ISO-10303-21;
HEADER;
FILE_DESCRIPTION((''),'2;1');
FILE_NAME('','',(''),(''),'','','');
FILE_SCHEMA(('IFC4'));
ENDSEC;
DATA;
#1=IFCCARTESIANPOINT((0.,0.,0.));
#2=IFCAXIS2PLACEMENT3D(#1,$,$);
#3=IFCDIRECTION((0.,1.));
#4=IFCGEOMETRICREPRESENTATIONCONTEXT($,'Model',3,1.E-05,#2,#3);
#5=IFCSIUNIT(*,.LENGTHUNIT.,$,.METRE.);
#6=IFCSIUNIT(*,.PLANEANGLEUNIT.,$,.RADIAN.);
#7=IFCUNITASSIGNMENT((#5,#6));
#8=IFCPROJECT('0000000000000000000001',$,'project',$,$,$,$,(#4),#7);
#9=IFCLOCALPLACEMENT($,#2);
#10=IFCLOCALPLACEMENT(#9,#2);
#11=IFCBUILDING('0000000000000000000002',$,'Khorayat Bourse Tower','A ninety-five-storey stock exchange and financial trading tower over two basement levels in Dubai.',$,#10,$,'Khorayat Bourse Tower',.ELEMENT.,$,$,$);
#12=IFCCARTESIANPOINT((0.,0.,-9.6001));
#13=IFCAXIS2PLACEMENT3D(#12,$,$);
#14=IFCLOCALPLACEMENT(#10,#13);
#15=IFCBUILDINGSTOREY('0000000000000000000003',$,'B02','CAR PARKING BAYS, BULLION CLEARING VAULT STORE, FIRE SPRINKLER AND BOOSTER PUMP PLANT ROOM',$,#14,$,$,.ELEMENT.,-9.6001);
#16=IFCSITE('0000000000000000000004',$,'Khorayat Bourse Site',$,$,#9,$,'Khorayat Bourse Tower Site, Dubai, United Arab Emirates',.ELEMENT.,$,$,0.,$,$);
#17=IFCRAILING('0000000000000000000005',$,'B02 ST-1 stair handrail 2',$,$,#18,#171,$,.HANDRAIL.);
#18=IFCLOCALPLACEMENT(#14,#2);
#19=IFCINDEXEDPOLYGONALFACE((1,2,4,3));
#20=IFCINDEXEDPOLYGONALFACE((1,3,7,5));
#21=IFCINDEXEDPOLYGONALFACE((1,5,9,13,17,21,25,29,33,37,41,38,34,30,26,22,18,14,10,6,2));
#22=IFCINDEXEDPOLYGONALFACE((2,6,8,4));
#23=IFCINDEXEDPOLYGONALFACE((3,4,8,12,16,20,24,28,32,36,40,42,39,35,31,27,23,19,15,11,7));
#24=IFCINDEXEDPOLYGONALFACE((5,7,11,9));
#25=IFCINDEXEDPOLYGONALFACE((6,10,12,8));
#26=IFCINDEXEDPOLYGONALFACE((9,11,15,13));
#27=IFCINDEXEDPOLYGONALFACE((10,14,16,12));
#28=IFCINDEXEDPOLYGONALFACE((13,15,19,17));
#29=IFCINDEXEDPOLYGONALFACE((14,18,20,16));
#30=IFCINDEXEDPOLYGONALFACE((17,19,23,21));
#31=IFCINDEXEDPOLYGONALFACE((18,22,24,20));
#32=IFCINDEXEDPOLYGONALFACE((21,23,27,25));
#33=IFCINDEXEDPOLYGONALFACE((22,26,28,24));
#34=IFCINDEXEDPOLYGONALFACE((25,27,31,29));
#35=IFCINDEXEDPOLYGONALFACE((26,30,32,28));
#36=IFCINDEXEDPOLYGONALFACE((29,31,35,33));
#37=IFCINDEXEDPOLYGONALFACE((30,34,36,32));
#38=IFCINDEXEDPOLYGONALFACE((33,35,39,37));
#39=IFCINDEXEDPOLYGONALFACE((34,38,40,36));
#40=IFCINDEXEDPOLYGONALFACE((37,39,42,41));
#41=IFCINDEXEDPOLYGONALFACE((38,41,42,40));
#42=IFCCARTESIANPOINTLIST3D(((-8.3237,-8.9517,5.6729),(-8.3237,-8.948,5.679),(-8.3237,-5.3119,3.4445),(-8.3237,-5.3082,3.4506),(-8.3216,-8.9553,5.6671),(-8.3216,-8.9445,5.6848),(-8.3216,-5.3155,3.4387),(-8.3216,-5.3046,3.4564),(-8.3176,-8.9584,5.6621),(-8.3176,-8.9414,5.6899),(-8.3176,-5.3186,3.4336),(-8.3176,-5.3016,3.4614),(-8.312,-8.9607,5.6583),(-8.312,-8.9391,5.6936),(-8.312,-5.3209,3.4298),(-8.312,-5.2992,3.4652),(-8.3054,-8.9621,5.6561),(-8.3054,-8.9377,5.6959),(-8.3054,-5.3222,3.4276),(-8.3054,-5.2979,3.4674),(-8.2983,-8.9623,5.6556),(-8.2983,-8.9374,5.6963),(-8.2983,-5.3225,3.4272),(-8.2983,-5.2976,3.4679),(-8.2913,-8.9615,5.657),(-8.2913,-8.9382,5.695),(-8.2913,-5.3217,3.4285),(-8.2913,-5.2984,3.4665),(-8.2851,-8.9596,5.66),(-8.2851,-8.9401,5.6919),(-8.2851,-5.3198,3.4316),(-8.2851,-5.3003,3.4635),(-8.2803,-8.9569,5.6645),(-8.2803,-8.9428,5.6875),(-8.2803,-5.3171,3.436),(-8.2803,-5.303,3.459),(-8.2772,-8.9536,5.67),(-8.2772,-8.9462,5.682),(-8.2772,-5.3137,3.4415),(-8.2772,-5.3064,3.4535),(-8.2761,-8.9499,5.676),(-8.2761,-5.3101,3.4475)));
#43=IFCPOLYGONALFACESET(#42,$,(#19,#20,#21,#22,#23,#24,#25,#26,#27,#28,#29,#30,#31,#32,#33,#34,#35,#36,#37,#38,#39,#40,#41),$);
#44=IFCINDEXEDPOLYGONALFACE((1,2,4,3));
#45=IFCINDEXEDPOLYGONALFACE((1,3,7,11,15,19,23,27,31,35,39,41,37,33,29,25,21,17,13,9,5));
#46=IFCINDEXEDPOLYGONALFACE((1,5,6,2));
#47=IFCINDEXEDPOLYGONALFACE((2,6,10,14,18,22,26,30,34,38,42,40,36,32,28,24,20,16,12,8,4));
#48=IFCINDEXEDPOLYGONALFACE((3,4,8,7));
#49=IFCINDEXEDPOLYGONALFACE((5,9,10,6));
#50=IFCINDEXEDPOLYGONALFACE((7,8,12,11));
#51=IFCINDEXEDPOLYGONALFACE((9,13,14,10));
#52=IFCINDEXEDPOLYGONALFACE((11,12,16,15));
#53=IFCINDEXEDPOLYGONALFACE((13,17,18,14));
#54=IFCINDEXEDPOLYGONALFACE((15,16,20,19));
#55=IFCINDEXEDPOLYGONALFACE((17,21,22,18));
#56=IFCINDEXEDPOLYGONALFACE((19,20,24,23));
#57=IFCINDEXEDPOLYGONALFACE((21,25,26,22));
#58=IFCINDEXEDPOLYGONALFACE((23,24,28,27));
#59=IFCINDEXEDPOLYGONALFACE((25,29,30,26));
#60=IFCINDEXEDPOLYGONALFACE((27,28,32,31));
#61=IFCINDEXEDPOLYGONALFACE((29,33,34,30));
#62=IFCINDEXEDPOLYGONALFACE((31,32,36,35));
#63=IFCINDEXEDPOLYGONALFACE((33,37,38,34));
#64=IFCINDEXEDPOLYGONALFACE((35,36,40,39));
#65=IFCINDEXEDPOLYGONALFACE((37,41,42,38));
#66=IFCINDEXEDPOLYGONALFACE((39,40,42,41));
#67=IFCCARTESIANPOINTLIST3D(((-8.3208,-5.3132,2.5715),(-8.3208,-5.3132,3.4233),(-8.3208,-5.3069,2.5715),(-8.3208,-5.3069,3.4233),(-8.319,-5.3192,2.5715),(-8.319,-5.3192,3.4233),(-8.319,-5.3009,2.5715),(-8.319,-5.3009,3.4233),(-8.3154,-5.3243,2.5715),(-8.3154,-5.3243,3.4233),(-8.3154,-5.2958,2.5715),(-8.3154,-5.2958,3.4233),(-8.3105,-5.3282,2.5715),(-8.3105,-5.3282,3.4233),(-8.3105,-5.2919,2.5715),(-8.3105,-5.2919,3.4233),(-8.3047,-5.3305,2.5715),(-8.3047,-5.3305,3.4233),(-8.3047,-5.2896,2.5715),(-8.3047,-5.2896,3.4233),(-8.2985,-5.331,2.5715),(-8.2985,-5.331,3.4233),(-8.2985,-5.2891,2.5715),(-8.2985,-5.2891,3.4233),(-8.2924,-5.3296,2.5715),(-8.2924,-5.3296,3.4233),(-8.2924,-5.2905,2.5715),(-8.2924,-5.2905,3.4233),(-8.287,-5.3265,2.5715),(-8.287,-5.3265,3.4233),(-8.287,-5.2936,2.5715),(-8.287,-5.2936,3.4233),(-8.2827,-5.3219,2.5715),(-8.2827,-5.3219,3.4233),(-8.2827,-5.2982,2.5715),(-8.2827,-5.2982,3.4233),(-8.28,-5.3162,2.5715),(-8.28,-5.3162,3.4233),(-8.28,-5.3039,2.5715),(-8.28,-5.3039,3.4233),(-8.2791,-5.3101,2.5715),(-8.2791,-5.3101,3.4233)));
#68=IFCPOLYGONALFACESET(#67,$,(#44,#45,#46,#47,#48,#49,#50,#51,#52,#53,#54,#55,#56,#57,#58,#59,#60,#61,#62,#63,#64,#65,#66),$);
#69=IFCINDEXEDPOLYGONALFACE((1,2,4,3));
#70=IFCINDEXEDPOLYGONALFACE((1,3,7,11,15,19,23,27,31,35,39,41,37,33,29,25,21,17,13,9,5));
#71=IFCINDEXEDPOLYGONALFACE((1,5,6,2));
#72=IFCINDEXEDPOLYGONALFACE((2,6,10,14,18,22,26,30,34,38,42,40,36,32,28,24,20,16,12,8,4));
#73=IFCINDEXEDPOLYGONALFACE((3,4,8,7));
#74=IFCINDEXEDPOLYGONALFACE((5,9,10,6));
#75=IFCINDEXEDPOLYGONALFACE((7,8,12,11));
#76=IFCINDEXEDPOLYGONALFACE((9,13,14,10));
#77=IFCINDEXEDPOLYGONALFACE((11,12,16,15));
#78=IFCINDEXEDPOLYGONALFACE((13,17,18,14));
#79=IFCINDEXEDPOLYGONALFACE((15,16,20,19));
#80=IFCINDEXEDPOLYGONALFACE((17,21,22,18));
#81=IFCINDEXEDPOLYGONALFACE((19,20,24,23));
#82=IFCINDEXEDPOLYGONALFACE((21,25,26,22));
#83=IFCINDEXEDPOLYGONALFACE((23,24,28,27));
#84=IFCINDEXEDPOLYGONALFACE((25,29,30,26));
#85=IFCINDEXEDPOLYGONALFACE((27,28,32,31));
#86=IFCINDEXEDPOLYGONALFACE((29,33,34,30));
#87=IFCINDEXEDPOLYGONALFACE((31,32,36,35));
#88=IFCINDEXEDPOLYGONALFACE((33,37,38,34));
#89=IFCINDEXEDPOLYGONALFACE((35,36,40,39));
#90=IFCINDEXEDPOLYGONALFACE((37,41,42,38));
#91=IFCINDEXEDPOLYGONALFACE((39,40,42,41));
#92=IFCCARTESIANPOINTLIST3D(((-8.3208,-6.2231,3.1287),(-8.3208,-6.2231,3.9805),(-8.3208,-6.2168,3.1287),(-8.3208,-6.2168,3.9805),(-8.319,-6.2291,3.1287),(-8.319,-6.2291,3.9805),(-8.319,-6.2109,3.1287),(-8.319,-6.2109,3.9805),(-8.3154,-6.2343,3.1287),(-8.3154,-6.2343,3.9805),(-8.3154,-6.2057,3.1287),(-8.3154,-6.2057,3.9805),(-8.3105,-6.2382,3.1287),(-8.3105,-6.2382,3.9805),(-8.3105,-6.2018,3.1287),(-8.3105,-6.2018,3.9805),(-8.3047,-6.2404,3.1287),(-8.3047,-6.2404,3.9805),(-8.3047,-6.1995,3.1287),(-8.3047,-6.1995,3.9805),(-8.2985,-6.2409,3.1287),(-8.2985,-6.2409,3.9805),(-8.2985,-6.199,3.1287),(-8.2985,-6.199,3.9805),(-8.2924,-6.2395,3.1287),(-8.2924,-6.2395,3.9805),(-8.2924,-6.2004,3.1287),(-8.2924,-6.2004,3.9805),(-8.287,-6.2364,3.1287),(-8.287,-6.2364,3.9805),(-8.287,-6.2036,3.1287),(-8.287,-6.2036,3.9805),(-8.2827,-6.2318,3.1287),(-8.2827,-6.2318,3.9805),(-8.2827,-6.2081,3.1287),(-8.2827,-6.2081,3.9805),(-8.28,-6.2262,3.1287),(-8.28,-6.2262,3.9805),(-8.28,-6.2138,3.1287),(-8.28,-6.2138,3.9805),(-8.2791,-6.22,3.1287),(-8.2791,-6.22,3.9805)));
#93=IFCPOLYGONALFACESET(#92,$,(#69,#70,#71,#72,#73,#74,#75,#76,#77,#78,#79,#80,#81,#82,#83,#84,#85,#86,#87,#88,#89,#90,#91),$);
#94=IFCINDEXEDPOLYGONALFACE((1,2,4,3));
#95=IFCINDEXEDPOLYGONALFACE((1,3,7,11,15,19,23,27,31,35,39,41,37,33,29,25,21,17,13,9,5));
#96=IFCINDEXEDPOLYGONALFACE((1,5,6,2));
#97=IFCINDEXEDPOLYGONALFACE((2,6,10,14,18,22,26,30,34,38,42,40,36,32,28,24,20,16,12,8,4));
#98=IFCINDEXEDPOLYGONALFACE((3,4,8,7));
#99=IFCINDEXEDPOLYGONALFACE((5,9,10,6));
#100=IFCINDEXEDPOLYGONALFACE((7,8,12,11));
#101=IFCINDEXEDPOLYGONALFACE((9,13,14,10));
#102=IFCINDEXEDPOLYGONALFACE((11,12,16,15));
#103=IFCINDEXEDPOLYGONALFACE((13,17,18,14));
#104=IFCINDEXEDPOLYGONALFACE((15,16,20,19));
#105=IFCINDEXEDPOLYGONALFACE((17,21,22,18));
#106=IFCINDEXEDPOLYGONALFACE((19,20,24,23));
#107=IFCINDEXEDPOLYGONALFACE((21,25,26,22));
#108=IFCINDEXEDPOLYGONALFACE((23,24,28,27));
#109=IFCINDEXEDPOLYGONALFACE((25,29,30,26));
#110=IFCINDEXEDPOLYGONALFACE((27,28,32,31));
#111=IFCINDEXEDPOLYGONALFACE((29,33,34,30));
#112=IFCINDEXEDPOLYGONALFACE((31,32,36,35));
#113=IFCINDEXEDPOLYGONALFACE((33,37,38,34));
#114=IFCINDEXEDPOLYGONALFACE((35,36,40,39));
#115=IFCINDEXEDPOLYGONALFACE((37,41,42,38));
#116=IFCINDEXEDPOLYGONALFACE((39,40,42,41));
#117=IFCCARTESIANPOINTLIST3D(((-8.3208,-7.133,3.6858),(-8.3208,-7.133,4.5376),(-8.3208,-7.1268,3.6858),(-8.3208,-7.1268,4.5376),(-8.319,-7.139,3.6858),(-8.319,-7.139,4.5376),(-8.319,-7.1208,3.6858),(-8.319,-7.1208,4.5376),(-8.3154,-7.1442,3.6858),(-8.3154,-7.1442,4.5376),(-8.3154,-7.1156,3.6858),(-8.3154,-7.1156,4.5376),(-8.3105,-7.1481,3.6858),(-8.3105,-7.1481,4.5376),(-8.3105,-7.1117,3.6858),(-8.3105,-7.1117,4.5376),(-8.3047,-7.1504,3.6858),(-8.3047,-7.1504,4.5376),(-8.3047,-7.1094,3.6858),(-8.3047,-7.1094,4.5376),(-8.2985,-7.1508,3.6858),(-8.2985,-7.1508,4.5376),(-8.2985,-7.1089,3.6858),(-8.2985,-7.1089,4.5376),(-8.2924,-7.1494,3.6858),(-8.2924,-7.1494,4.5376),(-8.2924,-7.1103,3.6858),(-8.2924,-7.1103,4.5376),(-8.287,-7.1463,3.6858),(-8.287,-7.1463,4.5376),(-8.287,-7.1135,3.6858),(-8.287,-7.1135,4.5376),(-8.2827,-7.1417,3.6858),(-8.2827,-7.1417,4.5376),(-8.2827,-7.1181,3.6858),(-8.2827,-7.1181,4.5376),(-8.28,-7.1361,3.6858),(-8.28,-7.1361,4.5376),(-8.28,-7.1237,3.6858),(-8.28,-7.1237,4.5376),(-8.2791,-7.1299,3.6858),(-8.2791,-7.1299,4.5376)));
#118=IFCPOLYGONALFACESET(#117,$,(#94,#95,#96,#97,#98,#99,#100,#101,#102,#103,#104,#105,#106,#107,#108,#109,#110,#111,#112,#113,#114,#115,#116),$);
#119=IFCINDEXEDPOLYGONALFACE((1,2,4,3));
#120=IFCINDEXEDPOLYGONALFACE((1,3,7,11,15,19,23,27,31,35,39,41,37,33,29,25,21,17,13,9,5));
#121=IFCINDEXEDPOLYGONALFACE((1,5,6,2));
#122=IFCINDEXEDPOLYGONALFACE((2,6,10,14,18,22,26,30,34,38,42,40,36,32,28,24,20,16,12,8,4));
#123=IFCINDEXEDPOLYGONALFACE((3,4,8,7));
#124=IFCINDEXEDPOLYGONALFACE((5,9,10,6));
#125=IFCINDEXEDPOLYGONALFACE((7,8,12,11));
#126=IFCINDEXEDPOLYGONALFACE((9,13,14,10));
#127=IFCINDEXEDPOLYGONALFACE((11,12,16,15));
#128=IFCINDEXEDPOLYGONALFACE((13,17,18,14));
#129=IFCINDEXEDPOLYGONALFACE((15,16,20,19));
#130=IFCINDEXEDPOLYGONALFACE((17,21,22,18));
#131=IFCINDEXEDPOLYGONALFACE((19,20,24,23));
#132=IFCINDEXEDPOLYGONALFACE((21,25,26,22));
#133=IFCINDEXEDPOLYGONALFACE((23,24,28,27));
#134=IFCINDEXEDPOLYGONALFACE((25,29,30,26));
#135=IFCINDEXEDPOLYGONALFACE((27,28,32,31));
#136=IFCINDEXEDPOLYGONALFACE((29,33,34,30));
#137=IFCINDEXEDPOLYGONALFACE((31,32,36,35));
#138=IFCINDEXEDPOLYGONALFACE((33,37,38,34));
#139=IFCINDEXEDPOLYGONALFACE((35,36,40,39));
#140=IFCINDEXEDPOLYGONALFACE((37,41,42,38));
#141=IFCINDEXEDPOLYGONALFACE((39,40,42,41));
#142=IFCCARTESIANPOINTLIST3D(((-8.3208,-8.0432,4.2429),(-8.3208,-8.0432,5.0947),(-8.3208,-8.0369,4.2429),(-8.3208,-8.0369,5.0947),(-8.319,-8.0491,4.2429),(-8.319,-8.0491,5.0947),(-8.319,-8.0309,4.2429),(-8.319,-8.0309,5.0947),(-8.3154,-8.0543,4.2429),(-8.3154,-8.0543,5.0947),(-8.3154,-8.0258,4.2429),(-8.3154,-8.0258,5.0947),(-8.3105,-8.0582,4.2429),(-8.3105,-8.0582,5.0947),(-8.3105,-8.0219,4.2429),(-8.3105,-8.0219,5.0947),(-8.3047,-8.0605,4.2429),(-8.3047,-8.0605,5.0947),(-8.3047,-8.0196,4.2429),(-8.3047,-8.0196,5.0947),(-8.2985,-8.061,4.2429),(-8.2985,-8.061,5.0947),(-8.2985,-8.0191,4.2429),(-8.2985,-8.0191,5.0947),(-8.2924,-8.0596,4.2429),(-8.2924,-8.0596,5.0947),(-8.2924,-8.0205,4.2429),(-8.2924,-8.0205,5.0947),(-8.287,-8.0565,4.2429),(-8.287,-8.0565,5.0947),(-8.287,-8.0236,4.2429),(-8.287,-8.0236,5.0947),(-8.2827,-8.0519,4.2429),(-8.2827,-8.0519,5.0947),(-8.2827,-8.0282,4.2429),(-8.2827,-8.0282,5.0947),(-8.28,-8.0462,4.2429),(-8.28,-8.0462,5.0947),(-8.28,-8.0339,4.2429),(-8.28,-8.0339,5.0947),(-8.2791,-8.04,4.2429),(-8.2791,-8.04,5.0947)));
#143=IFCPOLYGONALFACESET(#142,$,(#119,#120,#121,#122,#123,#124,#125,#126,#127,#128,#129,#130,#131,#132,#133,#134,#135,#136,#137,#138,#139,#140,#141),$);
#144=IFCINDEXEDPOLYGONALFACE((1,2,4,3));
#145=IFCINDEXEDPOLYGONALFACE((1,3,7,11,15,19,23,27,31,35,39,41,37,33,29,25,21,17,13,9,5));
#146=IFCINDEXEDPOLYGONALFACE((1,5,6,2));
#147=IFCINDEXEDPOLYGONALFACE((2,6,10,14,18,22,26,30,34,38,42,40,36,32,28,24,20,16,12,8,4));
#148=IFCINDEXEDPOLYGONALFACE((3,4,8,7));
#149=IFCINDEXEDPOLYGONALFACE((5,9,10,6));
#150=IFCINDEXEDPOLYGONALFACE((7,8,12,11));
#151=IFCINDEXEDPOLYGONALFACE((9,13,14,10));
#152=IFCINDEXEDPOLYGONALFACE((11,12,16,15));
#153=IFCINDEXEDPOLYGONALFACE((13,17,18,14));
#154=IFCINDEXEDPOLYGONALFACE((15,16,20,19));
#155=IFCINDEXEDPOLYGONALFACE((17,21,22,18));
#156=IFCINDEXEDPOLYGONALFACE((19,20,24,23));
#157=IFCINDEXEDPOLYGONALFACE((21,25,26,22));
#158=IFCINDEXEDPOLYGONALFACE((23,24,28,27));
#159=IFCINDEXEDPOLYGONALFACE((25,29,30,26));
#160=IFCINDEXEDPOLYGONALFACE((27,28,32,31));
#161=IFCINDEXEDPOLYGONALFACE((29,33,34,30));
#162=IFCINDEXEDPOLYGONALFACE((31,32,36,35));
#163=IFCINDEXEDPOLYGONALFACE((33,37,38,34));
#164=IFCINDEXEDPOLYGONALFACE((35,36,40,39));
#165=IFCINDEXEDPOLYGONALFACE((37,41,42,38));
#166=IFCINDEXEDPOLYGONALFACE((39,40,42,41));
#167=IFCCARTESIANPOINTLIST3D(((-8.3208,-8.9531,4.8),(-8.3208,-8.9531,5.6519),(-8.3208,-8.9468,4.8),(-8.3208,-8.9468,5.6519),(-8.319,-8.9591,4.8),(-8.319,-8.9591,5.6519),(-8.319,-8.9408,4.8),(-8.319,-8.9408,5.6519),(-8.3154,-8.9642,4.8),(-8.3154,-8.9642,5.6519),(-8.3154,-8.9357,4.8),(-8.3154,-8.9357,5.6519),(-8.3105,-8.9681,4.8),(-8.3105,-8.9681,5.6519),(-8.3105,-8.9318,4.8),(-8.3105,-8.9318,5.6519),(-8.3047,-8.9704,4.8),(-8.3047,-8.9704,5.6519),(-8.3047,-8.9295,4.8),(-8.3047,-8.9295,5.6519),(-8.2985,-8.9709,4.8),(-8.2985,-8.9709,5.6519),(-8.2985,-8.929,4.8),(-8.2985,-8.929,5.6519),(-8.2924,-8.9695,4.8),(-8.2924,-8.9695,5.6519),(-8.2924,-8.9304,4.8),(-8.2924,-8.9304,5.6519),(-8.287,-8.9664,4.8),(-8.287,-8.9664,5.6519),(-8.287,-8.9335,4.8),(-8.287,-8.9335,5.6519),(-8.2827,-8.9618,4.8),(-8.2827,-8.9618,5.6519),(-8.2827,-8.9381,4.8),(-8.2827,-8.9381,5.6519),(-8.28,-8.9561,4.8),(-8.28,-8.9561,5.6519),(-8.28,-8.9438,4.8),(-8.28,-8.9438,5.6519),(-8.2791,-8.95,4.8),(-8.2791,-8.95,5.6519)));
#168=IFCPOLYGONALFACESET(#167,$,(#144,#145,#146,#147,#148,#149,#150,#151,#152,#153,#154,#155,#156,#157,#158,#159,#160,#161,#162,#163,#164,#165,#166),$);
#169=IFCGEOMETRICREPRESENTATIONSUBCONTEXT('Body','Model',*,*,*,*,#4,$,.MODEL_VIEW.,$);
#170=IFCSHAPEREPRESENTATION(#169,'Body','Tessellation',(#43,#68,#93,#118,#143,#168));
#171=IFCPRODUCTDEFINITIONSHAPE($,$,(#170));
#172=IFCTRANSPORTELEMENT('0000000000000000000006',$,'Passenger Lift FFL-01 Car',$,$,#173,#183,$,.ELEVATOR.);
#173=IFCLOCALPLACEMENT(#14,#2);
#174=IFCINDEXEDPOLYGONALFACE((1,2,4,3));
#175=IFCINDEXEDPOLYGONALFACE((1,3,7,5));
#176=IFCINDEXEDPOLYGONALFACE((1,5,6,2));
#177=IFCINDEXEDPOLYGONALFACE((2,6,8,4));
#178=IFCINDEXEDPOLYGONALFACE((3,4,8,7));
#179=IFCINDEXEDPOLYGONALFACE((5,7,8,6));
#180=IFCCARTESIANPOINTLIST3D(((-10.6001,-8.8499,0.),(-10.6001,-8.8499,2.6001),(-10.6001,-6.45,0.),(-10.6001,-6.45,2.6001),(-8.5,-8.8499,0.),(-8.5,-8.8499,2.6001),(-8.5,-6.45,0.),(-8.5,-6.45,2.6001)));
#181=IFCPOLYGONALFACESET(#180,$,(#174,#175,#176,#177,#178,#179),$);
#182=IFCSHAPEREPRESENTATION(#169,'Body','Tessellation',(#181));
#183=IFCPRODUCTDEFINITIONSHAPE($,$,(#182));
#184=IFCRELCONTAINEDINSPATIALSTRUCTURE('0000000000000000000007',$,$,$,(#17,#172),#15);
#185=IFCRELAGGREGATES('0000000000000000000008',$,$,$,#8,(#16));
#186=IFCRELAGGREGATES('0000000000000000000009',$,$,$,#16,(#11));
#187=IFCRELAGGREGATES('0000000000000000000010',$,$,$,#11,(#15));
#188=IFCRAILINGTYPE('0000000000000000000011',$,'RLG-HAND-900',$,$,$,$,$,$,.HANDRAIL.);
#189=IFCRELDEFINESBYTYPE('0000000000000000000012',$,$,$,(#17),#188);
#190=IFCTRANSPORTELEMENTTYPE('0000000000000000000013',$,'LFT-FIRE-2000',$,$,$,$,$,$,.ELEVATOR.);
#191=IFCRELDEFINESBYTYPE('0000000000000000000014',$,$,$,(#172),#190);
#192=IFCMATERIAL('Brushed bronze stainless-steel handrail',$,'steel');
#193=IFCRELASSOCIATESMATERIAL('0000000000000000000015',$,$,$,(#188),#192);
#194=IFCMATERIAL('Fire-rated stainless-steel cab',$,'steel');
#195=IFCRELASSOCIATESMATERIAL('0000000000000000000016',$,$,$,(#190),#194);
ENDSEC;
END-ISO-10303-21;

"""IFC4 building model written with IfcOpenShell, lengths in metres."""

from ifc_helpers import new_model, si_unit, direction, frame, origin, origin_2d, place, context, subcontext, project, spatial, rectangle, circle, extrude, source, transform, mapped, material, type_object, element, save


model = new_model("IFC4")

# Units and contexts
model_context = context("Model", 3, precision=1e-05, world=origin(), true_north=direction((0.0, 1.0)))
body_context = subcontext(model_context, "Body", "Model", "MODEL_VIEW")
ifc_project = project(units=[si_unit("LENGTHUNIT", "METRE"), si_unit("PLANEANGLEUNIT", "RADIAN")], contexts=[model_context])

# Site, building, storey
site_placement = place(None, origin())
site = spatial("IfcSite", under=ifc_project, at=site_placement, Name="Khorayat Bourse Site", LongName="Khorayat Bourse Tower Site, Dubai, United Arab Emirates", CompositionType="ELEMENT", RefElevation=0.0)
building_placement = place(site_placement, origin())
building = spatial("IfcBuilding", under=site, at=building_placement, Name="Khorayat Bourse Tower", Description="A ninety-five-storey stock exchange and financial trading tower over two basement levels in Dubai.", LongName="Khorayat Bourse Tower", CompositionType="ELEMENT")
storey_placement = place(building_placement, frame((0.0, 0.0, -9.6001)))
storey = spatial("IfcBuildingStorey", under=building, at=storey_placement, Name="B02", Description="CAR PARKING BAYS, BULLION CLEARING VAULT STORE, FIRE SPRINKLER AND BOOSTER PUMP PLANT ROOM", CompositionType="ELEMENT", Elevation=-9.6001)

# Railing
ifc_material_1 = material(Name="Brushed bronze stainless-steel handrail", Category="steel")
railing_type_1 = type_object("IfcRailingType", Name="RLG-HAND-900", PredefinedType="HANDRAIL", material=ifc_material_1)
shared_shape_1 = source(origin(), body_context, "Body", "SweptSolid", [
    extrude(circle(Radius=0.0239, at=origin_2d()), frame((0.0, 0.0, 0.876), z_axis=(0.0, -0.85285, 0.522156), x_axis=(1.0, 0.0, 0.0)), (0.0, 0.0, 1.0), 4.2678),
    extrude(circle(Radius=0.021, at=origin_2d()), origin(), (0.0, 0.0, 1.0), 0.8518),
    extrude(circle(Radius=0.021, at=origin_2d()), frame((0.0, -0.9099, 0.5571)), (0.0, 0.0, 1.0), 0.8518),
    extrude(circle(Radius=0.021, at=origin_2d()), frame((0.0, -1.8198, 1.1143)), (0.0, 0.0, 1.0), 0.8518),
    extrude(circle(Radius=0.021, at=origin_2d()), frame((0.0, -2.73, 1.6714)), (0.0, 0.0, 1.0), 0.8518),
    extrude(circle(Radius=0.021, at=origin_2d()), frame((0.0, -3.6399, 2.2285)), (0.0, 0.0, 1.0), 0.8518),
])
railing_1_placement = place(storey_placement, frame((-8.3, -5.3101, 2.5715)))
element("IfcRailing", 1, at=railing_1_placement, inside=storey, type_object=railing_type_1, Name="B02 ST-1 stair handrail 2", PredefinedType="HANDRAIL", context=body_context, shape_type="MappedRepresentation", body=[
    mapped(shared_shape_1, transform((0.0, 0.0, 0.0), scale=1.0)),
])

# Transport element
ifc_material_2 = material(Name="Fire-rated stainless-steel cab", Category="steel")
transport_element_type = type_object("IfcTransportElementType", Name="LFT-FIRE-2000", PredefinedType="ELEVATOR", material=ifc_material_2)
shared_shape_2 = source(origin(), body_context, "Body", "SweptSolid", [
    extrude(rectangle(XDim=2.1001, YDim=2.3999, at=origin_2d()), origin(), (0.0, 0.0, 1.0), 2.6001),
])
transport_element_placement = place(storey_placement, frame((-9.55, -7.6499, 0.0), z_axis=(0.0, 0.0, 1.0), x_axis=(1.0, 0.0, 0.0)))
element("IfcTransportElement", 2, at=transport_element_placement, inside=storey, type_object=transport_element_type, Name="Passenger Lift FFL-01 Car", PredefinedType="ELEVATOR", context=body_context, shape_type="MappedRepresentation", body=[
    mapped(shared_shape_2, transform((0.0, 0.0, 0.0), scale=1.0)),
])

save(model, "model.ifc")
